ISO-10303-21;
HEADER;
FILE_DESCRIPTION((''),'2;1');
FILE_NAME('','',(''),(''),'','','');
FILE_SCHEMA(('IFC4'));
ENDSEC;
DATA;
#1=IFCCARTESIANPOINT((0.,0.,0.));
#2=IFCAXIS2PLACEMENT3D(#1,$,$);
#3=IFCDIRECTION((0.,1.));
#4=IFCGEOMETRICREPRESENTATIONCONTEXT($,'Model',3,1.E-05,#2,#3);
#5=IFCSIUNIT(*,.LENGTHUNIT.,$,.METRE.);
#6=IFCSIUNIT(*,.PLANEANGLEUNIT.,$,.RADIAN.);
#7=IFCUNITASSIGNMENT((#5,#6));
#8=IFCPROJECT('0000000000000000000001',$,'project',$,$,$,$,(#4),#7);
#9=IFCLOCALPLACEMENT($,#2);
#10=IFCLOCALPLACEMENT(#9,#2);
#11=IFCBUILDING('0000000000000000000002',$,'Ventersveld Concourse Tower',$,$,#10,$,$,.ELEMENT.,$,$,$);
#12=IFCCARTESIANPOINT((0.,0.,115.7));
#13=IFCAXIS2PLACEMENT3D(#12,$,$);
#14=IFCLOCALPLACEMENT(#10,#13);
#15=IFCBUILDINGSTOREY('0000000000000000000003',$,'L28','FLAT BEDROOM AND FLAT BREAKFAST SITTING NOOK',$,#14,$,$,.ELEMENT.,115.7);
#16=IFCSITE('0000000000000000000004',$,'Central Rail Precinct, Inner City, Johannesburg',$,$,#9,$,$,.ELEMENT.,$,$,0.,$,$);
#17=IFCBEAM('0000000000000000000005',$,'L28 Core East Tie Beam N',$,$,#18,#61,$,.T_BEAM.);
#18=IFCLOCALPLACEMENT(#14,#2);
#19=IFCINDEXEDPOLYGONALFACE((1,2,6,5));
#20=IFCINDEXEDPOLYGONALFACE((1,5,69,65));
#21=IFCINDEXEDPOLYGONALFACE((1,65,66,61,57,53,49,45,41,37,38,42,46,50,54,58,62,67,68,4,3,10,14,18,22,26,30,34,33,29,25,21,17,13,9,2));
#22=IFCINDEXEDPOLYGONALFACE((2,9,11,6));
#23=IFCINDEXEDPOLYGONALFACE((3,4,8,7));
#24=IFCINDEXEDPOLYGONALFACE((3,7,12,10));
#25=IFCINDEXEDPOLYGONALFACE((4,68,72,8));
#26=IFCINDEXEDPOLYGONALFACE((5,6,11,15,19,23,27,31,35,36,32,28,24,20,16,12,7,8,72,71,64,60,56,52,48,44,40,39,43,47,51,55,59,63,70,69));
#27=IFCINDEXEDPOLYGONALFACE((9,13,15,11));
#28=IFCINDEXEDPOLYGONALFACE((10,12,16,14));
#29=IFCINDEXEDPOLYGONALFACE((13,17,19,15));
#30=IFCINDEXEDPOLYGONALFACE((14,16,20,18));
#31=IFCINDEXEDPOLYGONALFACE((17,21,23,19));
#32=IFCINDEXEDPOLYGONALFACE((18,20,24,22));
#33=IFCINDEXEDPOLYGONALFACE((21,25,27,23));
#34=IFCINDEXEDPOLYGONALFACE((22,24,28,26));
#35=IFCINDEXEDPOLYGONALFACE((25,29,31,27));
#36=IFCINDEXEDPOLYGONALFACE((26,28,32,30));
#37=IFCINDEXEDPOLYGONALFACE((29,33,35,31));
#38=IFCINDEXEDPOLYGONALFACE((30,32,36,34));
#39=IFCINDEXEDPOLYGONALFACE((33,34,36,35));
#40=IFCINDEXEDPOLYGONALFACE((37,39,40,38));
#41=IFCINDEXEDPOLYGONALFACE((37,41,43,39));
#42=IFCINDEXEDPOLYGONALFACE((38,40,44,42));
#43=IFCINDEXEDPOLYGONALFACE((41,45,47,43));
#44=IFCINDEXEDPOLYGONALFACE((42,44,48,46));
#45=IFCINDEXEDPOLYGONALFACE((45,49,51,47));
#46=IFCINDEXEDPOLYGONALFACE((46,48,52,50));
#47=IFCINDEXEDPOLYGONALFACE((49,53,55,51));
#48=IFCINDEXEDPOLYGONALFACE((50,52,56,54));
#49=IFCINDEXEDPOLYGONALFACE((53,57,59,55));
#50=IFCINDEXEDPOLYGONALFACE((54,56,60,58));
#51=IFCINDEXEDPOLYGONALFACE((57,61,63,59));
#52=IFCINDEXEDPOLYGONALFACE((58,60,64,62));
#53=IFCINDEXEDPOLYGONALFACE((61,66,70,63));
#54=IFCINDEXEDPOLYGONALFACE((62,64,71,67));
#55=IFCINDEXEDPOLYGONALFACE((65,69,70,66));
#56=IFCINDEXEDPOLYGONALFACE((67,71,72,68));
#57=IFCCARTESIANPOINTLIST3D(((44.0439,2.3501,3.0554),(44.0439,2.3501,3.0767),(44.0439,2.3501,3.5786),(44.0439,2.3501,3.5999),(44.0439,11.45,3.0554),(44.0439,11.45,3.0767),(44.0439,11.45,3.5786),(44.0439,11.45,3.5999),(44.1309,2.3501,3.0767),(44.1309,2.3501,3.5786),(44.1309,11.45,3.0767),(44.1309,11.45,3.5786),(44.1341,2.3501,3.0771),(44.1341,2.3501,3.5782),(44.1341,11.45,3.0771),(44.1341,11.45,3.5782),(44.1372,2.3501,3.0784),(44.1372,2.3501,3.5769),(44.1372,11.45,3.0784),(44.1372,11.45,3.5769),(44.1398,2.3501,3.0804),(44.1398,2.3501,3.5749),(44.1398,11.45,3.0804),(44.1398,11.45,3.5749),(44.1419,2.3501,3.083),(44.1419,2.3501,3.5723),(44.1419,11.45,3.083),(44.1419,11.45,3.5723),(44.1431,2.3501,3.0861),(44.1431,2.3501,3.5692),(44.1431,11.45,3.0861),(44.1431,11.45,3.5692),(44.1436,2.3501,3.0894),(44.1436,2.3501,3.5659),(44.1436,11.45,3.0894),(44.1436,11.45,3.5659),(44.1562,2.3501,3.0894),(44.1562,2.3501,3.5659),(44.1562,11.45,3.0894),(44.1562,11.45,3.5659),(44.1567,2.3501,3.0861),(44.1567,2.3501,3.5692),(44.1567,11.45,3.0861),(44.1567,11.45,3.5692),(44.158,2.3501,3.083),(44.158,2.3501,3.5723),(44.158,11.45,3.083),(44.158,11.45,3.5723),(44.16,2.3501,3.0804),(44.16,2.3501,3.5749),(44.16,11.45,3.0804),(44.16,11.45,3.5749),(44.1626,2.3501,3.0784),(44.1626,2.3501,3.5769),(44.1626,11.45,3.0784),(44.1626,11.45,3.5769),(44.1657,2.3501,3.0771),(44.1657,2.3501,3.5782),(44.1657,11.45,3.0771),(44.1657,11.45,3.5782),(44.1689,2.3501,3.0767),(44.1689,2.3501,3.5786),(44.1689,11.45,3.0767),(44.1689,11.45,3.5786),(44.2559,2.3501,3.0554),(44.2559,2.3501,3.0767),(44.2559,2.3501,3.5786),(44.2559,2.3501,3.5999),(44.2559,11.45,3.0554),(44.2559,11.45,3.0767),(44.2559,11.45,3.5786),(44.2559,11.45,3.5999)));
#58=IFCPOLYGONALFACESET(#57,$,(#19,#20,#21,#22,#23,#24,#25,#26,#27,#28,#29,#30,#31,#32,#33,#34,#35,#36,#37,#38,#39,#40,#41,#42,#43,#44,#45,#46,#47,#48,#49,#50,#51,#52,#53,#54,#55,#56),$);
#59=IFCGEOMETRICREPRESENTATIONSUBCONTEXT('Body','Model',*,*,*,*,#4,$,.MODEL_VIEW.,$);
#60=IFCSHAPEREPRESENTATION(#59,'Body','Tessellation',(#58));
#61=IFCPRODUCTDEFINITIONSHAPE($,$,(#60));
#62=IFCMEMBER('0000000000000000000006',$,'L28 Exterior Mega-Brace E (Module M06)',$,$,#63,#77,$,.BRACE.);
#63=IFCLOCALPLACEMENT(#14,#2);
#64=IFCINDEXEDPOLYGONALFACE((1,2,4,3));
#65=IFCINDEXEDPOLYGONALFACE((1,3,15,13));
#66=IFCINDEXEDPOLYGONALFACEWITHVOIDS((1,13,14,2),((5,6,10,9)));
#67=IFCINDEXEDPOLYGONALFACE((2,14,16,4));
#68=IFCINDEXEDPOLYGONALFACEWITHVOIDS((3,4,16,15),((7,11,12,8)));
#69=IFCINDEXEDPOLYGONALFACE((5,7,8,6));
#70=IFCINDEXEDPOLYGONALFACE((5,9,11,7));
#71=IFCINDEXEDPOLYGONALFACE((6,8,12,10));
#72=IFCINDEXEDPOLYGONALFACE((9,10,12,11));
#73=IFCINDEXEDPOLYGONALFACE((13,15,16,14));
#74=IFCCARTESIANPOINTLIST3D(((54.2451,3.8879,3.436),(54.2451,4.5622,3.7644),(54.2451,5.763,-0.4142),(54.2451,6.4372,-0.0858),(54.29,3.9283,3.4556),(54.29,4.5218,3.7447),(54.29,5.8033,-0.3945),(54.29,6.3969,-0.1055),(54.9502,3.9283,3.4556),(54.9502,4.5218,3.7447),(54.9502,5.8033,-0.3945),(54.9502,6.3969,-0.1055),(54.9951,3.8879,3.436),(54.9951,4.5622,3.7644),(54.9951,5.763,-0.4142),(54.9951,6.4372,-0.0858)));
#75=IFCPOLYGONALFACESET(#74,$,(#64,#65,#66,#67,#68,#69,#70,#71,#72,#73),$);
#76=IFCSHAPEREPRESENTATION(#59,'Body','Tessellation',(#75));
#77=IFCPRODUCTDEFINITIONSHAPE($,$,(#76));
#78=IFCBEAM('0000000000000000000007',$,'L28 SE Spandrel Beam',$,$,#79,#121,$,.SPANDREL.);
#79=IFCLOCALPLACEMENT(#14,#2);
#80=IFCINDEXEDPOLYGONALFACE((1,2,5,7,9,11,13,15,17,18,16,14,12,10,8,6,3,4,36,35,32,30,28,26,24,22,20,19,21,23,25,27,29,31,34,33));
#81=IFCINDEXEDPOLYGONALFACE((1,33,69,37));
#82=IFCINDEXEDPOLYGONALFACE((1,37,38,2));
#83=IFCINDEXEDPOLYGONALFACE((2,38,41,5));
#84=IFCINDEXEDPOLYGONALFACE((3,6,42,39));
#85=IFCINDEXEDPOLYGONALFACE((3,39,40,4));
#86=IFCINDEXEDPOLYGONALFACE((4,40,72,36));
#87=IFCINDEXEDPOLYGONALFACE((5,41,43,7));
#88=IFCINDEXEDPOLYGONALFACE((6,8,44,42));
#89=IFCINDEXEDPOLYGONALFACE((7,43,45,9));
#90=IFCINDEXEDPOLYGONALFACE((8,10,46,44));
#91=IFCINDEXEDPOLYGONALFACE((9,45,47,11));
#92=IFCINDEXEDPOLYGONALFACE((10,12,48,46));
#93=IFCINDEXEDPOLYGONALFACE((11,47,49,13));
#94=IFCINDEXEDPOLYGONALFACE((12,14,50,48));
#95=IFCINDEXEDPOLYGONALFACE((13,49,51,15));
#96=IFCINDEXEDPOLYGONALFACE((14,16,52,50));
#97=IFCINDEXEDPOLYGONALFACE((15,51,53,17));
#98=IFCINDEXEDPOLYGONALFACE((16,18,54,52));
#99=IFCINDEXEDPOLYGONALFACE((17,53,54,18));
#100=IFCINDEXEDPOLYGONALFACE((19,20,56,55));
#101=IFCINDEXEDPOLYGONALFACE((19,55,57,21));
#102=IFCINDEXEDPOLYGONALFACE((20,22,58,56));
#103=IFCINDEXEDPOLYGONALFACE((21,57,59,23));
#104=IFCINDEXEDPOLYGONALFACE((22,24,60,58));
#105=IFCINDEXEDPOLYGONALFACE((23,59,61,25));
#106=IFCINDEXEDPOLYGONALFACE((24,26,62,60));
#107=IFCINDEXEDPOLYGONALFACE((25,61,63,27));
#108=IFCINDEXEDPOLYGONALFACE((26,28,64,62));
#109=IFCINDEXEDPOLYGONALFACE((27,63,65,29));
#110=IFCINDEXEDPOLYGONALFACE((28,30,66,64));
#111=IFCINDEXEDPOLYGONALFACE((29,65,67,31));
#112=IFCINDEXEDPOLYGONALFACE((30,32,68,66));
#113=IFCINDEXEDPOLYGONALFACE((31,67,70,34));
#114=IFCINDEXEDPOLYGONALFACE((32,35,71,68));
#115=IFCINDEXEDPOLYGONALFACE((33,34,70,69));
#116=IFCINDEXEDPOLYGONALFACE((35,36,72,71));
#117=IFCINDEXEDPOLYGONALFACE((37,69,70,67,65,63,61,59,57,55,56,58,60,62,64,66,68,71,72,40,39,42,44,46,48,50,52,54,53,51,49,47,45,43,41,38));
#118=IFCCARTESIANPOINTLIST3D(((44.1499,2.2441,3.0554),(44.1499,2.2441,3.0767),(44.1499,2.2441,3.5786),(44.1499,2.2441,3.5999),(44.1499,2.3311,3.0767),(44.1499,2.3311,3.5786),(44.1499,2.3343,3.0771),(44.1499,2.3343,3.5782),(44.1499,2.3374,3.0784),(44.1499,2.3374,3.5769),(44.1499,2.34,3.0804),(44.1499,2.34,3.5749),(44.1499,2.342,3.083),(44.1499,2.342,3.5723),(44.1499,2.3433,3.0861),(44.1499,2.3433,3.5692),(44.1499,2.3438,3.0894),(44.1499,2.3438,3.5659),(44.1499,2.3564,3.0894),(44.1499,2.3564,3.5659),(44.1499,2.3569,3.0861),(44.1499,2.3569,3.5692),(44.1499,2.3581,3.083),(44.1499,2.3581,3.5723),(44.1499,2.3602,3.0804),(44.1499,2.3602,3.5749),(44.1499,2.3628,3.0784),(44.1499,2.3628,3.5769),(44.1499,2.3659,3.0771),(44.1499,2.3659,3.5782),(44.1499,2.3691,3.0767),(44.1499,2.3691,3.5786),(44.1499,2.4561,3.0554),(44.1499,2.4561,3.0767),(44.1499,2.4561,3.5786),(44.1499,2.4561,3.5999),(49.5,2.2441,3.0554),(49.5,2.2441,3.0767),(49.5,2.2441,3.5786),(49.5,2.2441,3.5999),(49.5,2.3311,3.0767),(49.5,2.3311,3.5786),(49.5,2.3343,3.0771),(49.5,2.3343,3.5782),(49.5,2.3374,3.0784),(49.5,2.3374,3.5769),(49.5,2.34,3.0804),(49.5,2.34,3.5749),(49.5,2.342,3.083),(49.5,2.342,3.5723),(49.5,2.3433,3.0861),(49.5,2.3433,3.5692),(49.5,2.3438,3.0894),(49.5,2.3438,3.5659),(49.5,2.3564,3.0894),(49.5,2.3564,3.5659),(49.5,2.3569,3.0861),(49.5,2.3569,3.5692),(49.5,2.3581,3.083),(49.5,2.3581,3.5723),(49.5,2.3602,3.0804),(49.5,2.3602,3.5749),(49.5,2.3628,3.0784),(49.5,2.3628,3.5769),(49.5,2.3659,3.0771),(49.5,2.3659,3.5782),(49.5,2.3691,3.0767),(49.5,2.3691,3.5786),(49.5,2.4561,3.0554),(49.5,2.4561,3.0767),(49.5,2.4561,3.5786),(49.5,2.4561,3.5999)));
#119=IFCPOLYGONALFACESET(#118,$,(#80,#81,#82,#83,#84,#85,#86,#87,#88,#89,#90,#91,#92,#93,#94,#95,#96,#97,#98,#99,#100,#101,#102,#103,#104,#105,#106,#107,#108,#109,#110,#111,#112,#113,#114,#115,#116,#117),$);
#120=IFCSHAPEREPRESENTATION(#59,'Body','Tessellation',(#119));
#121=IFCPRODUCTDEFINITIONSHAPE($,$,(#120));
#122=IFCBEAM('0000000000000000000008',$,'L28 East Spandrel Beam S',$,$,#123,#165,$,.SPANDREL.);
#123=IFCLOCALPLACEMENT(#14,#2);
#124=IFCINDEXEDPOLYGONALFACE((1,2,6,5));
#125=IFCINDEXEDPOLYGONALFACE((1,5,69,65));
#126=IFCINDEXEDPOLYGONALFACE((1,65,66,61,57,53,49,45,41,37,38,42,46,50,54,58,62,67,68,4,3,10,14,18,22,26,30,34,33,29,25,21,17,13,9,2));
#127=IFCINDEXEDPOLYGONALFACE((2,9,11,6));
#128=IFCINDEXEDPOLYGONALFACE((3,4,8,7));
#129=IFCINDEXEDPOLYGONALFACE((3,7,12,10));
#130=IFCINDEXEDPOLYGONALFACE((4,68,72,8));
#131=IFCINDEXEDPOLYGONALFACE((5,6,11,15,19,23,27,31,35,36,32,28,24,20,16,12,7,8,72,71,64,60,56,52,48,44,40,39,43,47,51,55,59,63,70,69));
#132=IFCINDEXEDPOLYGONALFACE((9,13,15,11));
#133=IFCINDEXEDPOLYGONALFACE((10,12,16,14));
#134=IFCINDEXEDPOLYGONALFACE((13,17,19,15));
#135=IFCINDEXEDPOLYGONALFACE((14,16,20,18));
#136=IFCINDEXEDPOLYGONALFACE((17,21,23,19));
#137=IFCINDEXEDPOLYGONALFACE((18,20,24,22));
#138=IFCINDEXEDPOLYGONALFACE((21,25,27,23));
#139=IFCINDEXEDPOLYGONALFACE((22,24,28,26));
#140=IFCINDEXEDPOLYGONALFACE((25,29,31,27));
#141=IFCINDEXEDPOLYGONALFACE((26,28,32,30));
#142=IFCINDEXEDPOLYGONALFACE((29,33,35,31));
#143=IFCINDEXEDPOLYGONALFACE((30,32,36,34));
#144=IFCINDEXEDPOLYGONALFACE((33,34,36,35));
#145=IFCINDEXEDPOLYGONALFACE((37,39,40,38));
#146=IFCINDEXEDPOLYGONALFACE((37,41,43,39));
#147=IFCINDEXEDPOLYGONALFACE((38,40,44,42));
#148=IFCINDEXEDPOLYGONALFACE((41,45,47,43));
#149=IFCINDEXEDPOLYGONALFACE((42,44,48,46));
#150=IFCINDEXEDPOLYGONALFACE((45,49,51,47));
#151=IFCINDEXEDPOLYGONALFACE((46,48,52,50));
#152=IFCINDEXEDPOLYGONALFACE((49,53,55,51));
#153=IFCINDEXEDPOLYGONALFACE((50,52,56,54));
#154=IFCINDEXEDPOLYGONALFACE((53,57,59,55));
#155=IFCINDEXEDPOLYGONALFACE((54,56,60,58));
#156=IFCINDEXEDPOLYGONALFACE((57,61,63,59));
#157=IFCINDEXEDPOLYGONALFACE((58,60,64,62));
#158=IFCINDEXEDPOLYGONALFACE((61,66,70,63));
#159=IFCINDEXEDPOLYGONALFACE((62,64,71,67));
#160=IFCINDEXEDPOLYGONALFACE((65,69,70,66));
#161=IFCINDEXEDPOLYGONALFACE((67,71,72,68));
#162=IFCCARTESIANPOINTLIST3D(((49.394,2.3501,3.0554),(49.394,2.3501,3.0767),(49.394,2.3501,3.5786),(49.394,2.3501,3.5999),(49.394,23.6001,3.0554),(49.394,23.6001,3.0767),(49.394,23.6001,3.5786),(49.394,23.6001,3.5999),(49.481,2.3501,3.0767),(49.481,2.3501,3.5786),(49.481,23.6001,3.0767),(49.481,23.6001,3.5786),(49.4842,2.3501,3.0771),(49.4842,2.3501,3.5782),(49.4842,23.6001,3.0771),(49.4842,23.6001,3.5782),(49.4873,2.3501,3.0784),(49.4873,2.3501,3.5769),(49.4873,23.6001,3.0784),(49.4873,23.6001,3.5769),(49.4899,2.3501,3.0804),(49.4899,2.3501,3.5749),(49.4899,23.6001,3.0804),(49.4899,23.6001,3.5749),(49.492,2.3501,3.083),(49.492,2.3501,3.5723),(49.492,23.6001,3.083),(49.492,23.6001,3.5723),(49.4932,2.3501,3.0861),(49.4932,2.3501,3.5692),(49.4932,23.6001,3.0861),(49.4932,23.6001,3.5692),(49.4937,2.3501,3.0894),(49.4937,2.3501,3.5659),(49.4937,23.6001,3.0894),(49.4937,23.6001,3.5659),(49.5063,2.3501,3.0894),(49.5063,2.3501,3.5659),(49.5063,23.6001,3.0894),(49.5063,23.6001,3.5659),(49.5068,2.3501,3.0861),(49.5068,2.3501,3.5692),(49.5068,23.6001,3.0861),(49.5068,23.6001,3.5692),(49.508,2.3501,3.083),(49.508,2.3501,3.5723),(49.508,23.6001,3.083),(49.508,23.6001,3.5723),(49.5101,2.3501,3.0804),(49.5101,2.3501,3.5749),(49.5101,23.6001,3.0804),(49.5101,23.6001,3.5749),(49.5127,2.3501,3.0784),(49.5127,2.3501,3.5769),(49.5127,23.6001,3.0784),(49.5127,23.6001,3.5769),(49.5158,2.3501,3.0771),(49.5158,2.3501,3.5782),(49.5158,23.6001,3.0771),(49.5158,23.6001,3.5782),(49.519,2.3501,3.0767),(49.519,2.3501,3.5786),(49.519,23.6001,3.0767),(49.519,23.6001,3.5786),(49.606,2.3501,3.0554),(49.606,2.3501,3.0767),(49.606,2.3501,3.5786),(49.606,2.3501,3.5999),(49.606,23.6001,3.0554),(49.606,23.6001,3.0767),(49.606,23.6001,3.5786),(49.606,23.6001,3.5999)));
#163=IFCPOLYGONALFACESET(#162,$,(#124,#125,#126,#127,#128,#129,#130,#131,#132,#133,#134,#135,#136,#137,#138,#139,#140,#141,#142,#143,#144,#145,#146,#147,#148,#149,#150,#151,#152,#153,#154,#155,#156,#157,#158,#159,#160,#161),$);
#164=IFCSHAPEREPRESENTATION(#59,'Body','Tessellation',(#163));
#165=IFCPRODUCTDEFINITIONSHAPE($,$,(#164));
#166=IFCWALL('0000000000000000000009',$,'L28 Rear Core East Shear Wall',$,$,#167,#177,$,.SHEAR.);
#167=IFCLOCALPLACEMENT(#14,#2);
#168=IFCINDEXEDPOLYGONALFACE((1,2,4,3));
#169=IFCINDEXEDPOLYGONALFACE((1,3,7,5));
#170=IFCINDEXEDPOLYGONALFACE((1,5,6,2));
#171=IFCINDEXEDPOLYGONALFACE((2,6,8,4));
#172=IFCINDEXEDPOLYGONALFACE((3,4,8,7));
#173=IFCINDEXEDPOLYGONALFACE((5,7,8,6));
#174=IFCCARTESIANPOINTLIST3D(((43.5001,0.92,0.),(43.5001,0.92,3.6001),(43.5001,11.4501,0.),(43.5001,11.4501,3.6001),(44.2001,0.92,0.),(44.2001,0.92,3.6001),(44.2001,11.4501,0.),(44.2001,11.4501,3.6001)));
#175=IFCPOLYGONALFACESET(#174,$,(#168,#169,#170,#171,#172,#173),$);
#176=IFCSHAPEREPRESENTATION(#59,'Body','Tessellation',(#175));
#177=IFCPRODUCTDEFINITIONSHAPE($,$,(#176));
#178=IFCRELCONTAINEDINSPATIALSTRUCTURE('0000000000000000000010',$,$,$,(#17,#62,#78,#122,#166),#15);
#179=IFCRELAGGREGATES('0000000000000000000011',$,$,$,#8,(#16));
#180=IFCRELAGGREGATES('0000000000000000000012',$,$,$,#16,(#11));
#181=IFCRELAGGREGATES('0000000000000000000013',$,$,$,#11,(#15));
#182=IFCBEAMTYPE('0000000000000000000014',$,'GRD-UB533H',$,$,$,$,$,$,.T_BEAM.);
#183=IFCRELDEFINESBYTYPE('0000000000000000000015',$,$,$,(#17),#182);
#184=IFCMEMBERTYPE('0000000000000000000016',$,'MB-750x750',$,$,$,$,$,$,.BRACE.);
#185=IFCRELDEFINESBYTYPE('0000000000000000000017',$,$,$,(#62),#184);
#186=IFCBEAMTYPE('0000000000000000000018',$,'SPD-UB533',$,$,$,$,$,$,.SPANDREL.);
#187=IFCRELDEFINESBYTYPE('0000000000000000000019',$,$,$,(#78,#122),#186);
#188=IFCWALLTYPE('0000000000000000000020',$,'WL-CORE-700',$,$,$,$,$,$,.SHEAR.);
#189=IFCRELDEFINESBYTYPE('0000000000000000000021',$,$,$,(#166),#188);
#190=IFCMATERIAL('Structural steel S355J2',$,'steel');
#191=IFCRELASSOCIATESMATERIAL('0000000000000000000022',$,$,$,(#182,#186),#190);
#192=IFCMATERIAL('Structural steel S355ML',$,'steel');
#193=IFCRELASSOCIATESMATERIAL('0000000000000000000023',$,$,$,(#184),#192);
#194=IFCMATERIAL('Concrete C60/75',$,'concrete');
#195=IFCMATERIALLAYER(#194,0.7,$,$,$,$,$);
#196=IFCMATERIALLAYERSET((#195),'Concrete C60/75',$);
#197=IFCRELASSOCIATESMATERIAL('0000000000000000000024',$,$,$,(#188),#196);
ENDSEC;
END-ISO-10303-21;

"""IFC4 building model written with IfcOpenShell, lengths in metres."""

from ifc_helpers import new_model, si_unit, direction, frame, frame_2d, origin, origin_2d, place, context, subcontext, project, spatial, rectangle, hollow_rectangle, i_section, extrude, material, layer, layer_set, material_profile, profile_set, type_object, element, save


model = new_model("IFC4")

# Units and contexts
model_context = context("Model", 3, precision=1e-05, world=origin(), true_north=direction((0.0, 1.0)))
body_context = subcontext(model_context, "Body", "Model", "MODEL_VIEW")
ifc_project = project(units=[si_unit("LENGTHUNIT", "METRE"), si_unit("PLANEANGLEUNIT", "RADIAN")], contexts=[model_context])

# Site, building, storey
site_placement = place(None, origin())
site = spatial("IfcSite", under=ifc_project, at=site_placement, Name="Central Rail Precinct, Inner City, Johannesburg", CompositionType="ELEMENT", RefElevation=0.0)
building_placement = place(site_placement, origin())
building = spatial("IfcBuilding", under=site, at=building_placement, Name="Ventersveld Concourse Tower", CompositionType="ELEMENT")
storey_placement = place(building_placement, frame((0.0, 0.0, 115.7)))
storey = spatial("IfcBuildingStorey", under=building, at=storey_placement, Name="L28", Description="FLAT BEDROOM AND FLAT BREAKFAST SITTING NOOK", CompositionType="ELEMENT", Elevation=115.7)

# Beam
ifc_material_1 = material(Name="Structural steel S355J2", Category="steel")
ifc_material_profile_1 = material_profile(ifc_material_1, i_section(OverallWidth=0.2119, OverallDepth=0.5444, WebThickness=0.0127, FlangeThickness=0.0212, FilletRadius=0.0127, at=origin_2d()), Name="UB 533x210x122")
ifc_profile_set_1 = profile_set([ifc_material_profile_1], Name="Structural steel S355J2")
beam_type_1 = type_object("IfcBeamType", Name="GRD-UB533H", PredefinedType="T_BEAM", material=ifc_profile_set_1)
beam_1_placement = place(storey_placement, frame((44.1499, 2.3501, 3.3276), z_axis=(0.0, 1.0, 0.0), x_axis=(-1.0, 0.0, 0.0)))
element("IfcBeam", 1, at=beam_1_placement, inside=storey, type_object=beam_type_1, Name="L28 Core East Tie Beam N", PredefinedType="T_BEAM", context=body_context, shape_type="SweptSolid", body=[
    extrude(i_section(OverallWidth=0.2119, OverallDepth=0.5444, WebThickness=0.0127, FlangeThickness=0.0212, FilletRadius=0.0127, at=origin_2d()), origin(), (0.0, 0.0, 1.0), 9.0999),
])

# Member
ifc_material_2 = material(Name="Structural steel S355ML", Category="steel")
ifc_material_profile_2 = material_profile(ifc_material_2, hollow_rectangle(XDim=0.75, YDim=0.75, WallThickness=0.0449, at=origin_2d()), Name="BOX 750x750x45")
ifc_profile_set_2 = profile_set([ifc_material_profile_2], Name="Structural steel S355ML")
member_type = type_object("IfcMemberType", Name="MB-750x750", PredefinedType="BRACE", material=ifc_profile_set_2)
member_placement = place(storey_placement, frame((54.6201, 6.1001, -0.25), z_axis=(0.0, -0.437839, 0.899053), x_axis=(1.0, 0.0, 0.0)))
element("IfcMember", 2, at=member_placement, inside=storey, type_object=member_type, Name="L28 Exterior Mega-Brace E (Module M06)", PredefinedType="BRACE", context=body_context, shape_type="SweptSolid", body=[
    extrude(hollow_rectangle(XDim=0.75, YDim=0.75, WallThickness=0.0449, at=origin_2d()), origin(), (0.0, 0.0, 1.0), 4.2825),
])

# Beams
ifc_material_profile_3 = material_profile(ifc_material_1, i_section(OverallWidth=0.2119, OverallDepth=0.5444, WebThickness=0.0127, FlangeThickness=0.0212, FilletRadius=0.0127, at=origin_2d()), Name="UB 533x210x122")
ifc_profile_set_3 = profile_set([ifc_material_profile_3], Name="Structural steel S355J2")
beam_type_2 = type_object("IfcBeamType", Name="SPD-UB533", PredefinedType="SPANDREL", material=ifc_profile_set_3)
beam_2_placement = place(storey_placement, frame((44.1499, 2.3501, 3.3276), z_axis=(1.0, 0.0, 0.0), x_axis=(0.0, 1.0, 0.0)))
element("IfcBeam", 3, at=beam_2_placement, inside=storey, type_object=beam_type_2, Name="L28 SE Spandrel Beam", PredefinedType="SPANDREL", context=body_context, shape_type="SweptSolid", body=[
    extrude(i_section(OverallWidth=0.2119, OverallDepth=0.5444, WebThickness=0.0127, FlangeThickness=0.0212, FilletRadius=0.0127, at=origin_2d()), origin(), (0.0, 0.0, 1.0), 5.3501),
])
beam_3_placement = place(storey_placement, frame((49.5, 2.3501, 3.3276), z_axis=(0.0, 1.0, 0.0), x_axis=(-1.0, 0.0, 0.0)))
element("IfcBeam", 4, at=beam_3_placement, inside=storey, type_object=beam_type_2, Name="L28 East Spandrel Beam S", PredefinedType="SPANDREL", context=body_context, shape_type="SweptSolid", body=[
    extrude(i_section(OverallWidth=0.2119, OverallDepth=0.5444, WebThickness=0.0127, FlangeThickness=0.0212, FilletRadius=0.0127, at=origin_2d()), origin(), (0.0, 0.0, 1.0), 21.25),
])

# Wall
ifc_material_3 = material(Name="Concrete C60/75", Category="concrete")
ifc_layer_1 = layer(ifc_material_3, 0.7)
ifc_layer_set_1 = layer_set([ifc_layer_1], Name="Concrete C60/75")
wall_type_1 = type_object("IfcWallType", Name="WL-CORE-700", PredefinedType="SHEAR", material=ifc_layer_set_1)
wall_1_placement = place(storey_placement, frame((43.8501, 0.9199, 0.0), z_axis=(0.0, 0.0, 1.0), x_axis=(0.0, 1.0, 0.0)))
element("IfcWall", 5, at=wall_1_placement, inside=storey, type_object=wall_type_1, Name="L28 Rear Core East Shear Wall", PredefinedType="SHEAR", context=body_context, shape_type="SweptSolid", body=[
    extrude(rectangle(XDim=10.53, YDim=0.7, at=frame_2d((5.2651, 0.0))), origin(), (0.0, 0.0, 1.0), 3.6001),
])

save(model, "model.ifc")
